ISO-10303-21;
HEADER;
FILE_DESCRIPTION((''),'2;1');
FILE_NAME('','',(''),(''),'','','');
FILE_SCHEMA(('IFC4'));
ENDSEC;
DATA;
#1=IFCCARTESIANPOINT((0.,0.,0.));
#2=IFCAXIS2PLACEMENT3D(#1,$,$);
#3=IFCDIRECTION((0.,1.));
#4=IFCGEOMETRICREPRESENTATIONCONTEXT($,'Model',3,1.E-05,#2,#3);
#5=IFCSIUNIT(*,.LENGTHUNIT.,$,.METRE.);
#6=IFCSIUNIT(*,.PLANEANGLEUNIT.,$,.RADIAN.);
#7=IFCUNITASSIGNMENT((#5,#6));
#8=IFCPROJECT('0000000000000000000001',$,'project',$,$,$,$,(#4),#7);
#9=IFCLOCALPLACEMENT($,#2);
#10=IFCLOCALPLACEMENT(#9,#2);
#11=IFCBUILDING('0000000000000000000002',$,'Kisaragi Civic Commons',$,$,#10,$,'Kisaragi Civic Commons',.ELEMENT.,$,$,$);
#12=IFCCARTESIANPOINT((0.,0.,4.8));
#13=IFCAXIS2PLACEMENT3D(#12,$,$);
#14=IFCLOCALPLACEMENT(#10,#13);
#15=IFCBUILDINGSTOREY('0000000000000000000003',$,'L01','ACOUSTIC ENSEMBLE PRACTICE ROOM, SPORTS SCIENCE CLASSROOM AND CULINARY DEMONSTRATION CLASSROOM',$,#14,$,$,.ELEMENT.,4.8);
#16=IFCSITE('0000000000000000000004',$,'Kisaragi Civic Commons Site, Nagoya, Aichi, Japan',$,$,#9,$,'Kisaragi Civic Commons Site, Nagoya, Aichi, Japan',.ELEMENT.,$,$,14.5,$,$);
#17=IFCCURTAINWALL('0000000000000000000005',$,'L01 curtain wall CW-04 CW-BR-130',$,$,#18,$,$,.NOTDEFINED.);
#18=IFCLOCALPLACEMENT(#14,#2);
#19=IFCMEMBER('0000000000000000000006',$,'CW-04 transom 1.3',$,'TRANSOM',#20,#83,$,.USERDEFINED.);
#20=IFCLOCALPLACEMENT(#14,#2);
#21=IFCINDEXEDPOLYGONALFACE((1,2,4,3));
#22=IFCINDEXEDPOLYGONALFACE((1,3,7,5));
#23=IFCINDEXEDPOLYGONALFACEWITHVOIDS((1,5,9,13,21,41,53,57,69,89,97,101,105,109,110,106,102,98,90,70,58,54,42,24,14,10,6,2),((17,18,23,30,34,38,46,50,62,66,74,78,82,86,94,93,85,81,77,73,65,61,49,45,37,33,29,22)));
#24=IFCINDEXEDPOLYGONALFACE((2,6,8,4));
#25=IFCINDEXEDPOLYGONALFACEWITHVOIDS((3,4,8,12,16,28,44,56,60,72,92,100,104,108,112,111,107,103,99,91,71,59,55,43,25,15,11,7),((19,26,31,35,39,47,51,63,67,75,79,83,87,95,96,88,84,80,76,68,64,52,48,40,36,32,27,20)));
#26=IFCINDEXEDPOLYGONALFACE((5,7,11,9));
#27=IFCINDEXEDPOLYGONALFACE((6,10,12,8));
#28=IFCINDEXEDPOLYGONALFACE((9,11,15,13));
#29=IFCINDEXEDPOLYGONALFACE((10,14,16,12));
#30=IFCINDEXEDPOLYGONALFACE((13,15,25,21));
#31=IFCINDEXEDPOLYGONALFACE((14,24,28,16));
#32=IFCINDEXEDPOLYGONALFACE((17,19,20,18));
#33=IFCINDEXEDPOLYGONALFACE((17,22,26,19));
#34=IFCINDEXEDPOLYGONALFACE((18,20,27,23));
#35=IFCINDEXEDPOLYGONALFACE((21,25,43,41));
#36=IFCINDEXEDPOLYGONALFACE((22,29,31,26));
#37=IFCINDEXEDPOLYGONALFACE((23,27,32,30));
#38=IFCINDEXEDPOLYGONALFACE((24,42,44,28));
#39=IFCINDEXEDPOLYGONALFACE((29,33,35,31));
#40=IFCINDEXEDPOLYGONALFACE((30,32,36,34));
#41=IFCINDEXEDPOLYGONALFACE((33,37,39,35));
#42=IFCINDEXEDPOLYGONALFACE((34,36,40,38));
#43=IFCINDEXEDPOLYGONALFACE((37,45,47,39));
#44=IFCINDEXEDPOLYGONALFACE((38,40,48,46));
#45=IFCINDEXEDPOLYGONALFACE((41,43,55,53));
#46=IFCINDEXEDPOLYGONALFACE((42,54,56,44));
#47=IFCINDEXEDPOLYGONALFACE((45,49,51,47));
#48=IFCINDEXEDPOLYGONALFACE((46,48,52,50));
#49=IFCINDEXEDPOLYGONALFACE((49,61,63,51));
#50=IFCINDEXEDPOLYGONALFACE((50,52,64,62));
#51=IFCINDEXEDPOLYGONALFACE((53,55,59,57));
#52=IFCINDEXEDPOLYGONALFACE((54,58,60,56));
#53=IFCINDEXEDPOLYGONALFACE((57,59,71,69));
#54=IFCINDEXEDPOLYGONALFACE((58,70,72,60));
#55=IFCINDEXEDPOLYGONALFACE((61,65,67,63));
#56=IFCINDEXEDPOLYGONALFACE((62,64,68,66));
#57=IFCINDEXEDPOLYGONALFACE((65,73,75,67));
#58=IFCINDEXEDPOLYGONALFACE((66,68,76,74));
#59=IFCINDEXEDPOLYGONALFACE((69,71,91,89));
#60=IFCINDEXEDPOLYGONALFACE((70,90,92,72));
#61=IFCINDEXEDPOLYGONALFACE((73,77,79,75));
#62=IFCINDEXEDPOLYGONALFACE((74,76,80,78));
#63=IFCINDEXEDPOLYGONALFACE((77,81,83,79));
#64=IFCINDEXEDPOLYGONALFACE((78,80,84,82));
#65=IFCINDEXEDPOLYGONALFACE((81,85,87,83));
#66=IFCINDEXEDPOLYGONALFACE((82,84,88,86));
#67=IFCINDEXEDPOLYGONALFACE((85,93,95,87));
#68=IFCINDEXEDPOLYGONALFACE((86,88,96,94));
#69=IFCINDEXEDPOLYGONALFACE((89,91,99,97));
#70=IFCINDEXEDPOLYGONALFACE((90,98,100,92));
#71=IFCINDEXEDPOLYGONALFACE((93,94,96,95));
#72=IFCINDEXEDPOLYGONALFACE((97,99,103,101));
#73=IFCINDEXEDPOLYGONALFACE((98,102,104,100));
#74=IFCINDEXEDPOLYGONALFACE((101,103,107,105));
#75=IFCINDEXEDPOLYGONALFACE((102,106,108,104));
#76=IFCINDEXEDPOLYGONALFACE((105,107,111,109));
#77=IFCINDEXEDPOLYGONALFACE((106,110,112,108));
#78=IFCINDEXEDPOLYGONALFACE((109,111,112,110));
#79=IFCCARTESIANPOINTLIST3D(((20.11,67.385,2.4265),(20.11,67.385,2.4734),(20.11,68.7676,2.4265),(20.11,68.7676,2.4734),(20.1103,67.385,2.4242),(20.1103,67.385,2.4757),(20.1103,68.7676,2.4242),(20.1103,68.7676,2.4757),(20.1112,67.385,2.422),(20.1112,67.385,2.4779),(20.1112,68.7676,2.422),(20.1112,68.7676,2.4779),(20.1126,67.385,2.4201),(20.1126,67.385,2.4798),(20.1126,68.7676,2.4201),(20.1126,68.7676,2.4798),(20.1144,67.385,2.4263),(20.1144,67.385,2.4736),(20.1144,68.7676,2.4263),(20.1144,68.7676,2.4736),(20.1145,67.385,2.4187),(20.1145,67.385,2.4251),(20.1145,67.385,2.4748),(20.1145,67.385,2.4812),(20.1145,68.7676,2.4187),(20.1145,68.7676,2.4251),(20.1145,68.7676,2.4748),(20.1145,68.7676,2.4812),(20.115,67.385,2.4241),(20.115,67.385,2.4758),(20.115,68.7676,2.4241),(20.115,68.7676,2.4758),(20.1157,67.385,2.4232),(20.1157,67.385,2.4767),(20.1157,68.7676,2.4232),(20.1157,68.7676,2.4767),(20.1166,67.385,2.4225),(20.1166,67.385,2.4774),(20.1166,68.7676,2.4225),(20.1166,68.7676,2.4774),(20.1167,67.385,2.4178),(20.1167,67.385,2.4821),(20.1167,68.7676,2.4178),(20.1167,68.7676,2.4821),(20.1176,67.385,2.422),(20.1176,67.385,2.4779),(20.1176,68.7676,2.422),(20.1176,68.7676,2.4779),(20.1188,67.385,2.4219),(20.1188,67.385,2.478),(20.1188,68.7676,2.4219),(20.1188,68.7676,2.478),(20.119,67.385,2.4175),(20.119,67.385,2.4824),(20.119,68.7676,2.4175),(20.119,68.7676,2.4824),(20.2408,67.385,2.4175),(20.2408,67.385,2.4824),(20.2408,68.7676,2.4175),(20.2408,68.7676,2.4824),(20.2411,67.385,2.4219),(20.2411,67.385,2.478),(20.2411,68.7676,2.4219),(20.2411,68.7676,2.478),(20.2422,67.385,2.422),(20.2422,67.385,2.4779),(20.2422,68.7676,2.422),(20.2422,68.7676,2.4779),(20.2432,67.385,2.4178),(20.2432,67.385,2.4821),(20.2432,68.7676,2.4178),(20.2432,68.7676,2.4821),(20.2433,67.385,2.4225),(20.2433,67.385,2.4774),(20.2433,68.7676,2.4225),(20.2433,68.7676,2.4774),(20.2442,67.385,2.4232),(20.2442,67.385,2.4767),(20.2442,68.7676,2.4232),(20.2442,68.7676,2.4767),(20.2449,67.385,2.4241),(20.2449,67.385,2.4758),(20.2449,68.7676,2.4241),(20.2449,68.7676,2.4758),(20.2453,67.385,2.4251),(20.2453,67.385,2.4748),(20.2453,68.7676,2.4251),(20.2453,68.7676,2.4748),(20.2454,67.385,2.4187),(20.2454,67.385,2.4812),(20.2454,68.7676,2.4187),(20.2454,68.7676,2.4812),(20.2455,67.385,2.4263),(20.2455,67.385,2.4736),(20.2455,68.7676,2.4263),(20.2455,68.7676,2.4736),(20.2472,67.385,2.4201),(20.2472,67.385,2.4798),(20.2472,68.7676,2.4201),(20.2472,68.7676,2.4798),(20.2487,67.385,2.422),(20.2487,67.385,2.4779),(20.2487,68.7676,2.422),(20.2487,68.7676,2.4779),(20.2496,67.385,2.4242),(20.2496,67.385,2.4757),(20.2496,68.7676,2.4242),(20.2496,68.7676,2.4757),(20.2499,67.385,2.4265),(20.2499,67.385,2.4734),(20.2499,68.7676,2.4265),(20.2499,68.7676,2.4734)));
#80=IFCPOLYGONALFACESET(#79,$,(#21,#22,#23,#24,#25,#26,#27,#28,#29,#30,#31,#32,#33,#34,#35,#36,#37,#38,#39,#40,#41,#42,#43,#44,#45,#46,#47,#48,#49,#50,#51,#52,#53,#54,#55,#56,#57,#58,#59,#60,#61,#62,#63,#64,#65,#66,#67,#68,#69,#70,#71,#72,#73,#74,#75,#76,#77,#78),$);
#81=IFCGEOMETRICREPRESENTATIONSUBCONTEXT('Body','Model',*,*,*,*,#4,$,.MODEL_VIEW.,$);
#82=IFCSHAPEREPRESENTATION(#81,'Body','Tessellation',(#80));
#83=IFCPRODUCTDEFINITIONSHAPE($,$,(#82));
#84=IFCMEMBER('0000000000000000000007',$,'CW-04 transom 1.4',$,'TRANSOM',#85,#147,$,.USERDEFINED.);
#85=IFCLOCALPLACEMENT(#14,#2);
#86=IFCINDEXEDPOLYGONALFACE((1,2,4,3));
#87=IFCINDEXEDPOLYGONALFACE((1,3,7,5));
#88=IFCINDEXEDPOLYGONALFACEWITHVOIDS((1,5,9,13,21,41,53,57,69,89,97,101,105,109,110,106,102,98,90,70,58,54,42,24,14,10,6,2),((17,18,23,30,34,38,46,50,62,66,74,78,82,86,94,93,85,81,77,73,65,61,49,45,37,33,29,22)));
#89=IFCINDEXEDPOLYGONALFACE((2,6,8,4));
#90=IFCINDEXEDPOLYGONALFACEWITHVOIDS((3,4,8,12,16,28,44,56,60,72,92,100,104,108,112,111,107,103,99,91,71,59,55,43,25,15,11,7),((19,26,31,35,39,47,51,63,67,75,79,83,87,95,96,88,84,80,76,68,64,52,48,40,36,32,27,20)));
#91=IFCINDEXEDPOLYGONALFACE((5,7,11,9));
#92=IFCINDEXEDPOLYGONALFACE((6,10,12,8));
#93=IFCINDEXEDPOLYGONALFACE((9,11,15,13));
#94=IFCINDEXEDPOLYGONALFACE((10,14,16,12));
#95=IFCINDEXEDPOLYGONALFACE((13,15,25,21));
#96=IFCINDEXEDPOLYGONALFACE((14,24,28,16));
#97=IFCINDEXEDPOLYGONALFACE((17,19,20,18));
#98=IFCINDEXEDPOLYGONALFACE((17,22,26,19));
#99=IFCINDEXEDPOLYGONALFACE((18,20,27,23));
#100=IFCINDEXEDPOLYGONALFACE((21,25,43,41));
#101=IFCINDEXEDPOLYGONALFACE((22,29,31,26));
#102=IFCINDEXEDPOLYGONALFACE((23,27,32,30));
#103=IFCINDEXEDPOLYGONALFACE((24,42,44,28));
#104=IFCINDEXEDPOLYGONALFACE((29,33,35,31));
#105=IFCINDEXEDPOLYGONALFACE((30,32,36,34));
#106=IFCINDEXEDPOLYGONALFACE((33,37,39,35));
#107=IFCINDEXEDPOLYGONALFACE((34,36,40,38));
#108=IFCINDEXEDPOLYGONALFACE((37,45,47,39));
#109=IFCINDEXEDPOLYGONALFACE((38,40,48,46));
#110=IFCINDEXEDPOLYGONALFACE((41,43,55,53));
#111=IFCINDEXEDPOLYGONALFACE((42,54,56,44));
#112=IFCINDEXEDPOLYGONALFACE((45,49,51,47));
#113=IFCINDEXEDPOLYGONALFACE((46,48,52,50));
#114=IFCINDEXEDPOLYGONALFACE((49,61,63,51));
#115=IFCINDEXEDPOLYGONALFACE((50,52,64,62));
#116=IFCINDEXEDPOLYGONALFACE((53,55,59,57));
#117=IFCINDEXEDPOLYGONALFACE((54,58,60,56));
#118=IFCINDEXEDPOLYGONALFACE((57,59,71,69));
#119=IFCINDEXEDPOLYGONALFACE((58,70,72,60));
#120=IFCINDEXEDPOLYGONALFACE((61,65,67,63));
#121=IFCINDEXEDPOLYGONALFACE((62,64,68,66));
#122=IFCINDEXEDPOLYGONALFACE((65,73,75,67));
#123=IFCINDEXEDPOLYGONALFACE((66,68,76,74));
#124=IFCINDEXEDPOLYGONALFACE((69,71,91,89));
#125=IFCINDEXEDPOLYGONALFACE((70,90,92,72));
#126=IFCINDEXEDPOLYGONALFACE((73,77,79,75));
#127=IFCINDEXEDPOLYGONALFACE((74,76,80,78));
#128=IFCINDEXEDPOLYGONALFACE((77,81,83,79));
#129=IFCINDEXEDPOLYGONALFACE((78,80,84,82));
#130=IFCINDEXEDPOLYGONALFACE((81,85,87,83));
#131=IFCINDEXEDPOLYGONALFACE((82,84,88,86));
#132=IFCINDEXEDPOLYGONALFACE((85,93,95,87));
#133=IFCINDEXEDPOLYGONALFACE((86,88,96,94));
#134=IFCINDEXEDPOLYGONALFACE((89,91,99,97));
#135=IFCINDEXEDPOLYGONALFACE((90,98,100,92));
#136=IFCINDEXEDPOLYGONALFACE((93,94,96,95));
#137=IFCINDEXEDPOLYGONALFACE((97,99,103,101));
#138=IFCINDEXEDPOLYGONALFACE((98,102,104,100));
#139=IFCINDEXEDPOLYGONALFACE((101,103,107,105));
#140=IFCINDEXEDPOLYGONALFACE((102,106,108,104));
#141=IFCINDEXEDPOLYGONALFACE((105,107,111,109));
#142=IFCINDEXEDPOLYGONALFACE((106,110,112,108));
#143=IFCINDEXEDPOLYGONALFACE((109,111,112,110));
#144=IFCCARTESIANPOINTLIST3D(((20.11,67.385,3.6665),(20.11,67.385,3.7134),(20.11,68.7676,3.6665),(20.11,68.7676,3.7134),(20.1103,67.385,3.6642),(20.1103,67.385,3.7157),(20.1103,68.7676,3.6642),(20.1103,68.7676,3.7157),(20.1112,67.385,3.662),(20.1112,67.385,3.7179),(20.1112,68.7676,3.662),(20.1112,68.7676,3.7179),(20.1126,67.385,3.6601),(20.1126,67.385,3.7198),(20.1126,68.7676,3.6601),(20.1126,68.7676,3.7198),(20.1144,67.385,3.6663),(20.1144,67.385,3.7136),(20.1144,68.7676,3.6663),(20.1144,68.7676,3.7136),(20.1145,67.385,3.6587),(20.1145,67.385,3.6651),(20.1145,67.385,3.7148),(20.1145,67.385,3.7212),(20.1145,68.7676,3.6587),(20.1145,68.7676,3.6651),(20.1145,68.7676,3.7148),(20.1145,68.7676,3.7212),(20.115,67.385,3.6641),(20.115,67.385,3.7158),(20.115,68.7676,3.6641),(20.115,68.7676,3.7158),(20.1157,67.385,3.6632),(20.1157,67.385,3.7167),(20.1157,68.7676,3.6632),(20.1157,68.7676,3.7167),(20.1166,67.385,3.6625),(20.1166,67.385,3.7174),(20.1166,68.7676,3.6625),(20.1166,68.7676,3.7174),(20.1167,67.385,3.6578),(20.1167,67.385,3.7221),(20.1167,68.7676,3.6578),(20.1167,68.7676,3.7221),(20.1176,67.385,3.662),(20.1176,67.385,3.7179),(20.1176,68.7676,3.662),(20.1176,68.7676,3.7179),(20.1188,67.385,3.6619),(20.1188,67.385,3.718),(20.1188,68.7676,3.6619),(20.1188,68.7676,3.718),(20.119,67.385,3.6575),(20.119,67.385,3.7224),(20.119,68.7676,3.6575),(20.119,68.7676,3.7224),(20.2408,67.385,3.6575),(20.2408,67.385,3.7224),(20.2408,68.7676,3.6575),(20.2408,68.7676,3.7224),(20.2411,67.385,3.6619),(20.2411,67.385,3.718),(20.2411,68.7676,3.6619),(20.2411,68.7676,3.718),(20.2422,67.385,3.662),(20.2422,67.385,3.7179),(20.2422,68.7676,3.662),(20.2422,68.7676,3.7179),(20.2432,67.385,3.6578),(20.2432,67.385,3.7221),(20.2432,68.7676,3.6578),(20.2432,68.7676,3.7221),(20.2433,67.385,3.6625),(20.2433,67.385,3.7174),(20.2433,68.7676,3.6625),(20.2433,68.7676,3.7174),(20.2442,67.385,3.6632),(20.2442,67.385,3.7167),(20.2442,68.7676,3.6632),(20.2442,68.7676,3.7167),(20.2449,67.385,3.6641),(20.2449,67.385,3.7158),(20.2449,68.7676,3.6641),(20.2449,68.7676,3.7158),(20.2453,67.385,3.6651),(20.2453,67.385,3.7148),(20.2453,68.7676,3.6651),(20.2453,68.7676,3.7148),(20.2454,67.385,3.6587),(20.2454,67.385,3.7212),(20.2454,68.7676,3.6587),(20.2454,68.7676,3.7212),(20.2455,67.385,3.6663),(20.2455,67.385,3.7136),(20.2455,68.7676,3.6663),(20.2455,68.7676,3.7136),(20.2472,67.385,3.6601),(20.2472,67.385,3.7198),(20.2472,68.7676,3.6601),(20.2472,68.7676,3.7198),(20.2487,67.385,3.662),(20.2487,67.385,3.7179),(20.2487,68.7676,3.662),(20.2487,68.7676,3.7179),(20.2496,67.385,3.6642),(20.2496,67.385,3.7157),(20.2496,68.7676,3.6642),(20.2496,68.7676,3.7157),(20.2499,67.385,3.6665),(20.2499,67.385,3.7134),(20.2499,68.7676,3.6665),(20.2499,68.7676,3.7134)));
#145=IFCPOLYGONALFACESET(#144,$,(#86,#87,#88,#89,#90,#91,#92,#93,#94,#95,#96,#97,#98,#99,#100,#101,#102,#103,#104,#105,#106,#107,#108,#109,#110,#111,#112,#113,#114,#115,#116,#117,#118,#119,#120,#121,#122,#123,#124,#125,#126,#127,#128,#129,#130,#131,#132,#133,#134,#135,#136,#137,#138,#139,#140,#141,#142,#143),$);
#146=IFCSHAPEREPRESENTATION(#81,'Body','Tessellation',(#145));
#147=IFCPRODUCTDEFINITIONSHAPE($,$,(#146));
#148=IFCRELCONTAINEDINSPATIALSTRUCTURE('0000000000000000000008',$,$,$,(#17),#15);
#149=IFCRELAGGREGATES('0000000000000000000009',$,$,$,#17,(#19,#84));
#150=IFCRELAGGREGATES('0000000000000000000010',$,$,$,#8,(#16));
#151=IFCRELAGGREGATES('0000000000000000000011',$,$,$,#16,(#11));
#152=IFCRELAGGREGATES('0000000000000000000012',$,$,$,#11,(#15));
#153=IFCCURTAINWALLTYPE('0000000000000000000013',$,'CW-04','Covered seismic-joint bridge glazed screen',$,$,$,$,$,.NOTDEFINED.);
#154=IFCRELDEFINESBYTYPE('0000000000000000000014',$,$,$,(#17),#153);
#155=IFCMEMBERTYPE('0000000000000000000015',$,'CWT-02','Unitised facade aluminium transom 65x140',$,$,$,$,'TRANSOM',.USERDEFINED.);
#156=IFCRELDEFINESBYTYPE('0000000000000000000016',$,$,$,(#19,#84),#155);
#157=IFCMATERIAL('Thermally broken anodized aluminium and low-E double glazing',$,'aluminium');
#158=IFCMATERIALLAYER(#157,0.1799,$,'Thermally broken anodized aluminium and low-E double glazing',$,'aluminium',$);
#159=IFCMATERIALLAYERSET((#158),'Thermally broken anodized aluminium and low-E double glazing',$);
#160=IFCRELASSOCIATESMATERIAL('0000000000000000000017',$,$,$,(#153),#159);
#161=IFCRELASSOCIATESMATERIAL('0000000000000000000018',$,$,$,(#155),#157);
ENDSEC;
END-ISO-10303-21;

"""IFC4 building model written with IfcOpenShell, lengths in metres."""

from ifc_helpers import new_model, si_unit, direction, frame, origin, origin_2d, place, context, subcontext, project, spatial, hollow_rectangle, extrude, material, layer, layer_set, material_profile, profile_set, type_object, element, aggregate, save


model = new_model("IFC4")

# Units and contexts
model_context = context("Model", 3, precision=1e-05, world=origin(), true_north=direction((0.0, 1.0)))
body_context = subcontext(model_context, "Body", "Model", "MODEL_VIEW")
ifc_project = project(units=[si_unit("LENGTHUNIT", "METRE"), si_unit("PLANEANGLEUNIT", "RADIAN")], contexts=[model_context])

# Site, building, storey
site_placement = place(None, origin())
site = spatial("IfcSite", under=ifc_project, at=site_placement, Name="Kisaragi Civic Commons Site, Nagoya, Aichi, Japan", LongName="Kisaragi Civic Commons Site, Nagoya, Aichi, Japan", CompositionType="ELEMENT", RefElevation=14.5)
building_placement = place(site_placement, origin())
building = spatial("IfcBuilding", under=site, at=building_placement, Name="Kisaragi Civic Commons", LongName="Kisaragi Civic Commons", CompositionType="ELEMENT")
storey_placement = place(building_placement, frame((0.0, 0.0, 4.8)))
storey = spatial("IfcBuildingStorey", under=building, at=storey_placement, Name="L01", Description="ACOUSTIC ENSEMBLE PRACTICE ROOM, SPORTS SCIENCE CLASSROOM AND CULINARY DEMONSTRATION CLASSROOM", CompositionType="ELEMENT", Elevation=4.8)

# Shared definitions
ifc_material_1 = material(Name="Thermally broken anodized aluminium and low-E double glazing", Category="aluminium")
ifc_layer_1 = layer(ifc_material_1, 0.1799, Name="Thermally broken anodized aluminium and low-E double glazing", Category="aluminium")
ifc_layer_set_1 = layer_set([ifc_layer_1], Name="Thermally broken anodized aluminium and low-E double glazing")
curtain_wall_type = type_object("IfcCurtainWallType", Name="CW-04", Description="Covered seismic-joint bridge glazed screen", PredefinedType="NOTDEFINED", material=ifc_layer_set_1)

# Curtain wall
curtain_wall_1_placement = place(storey_placement, origin())
curtain_wall_1 = element("IfcCurtainWall", 1, at=curtain_wall_1_placement, inside=storey, type_object=curtain_wall_type, Name="L01 curtain wall CW-04 CW-BR-130", PredefinedType="NOTDEFINED")

# Members
ifc_material_profile_1 = material_profile(ifc_material_1, hollow_rectangle(XDim=0.1399, YDim=0.0649, WallThickness=0.0044, InnerFilletRadius=0.0044, OuterFilletRadius=0.009, at=origin_2d()), Name="CWT-65x140x4.5", Category="aluminium")
ifc_profile_set_1 = profile_set([ifc_material_profile_1], Name="Thermally broken anodized aluminium and low-E double glazing")
member_type_1 = type_object("IfcMemberType", Name="CWT-02", Description="Unitised facade aluminium transom 65x140", ElementType="TRANSOM", PredefinedType="USERDEFINED", material=ifc_profile_set_1)
member_1_placement = place(storey_placement, frame((20.1799, 67.385, 2.45), z_axis=(0.0, 1.0, 0.0), x_axis=(-1.0, 0.0, 0.0)))
member_1 = element("IfcMember", 2, at=member_1_placement, type_object=member_type_1, Name="CW-04 transom 1.3", ObjectType="TRANSOM", PredefinedType="USERDEFINED", context=body_context, shape_type="SweptSolid", body=[
    extrude(hollow_rectangle(XDim=0.1399, YDim=0.0649, WallThickness=0.0044, InnerFilletRadius=0.0044, OuterFilletRadius=0.009, at=origin_2d()), origin(), (0.0, 0.0, 1.0), 1.3826),
])
member_2_placement = place(storey_placement, frame((20.1799, 67.385, 3.6899), z_axis=(0.0, 1.0, 0.0), x_axis=(-1.0, 0.0, 0.0)))
member_2 = element("IfcMember", 3, at=member_2_placement, type_object=member_type_1, Name="CW-04 transom 1.4", ObjectType="TRANSOM", PredefinedType="USERDEFINED", context=body_context, shape_type="SweptSolid", body=[
    extrude(hollow_rectangle(XDim=0.1399, YDim=0.0649, WallThickness=0.0044, InnerFilletRadius=0.0044, OuterFilletRadius=0.009, at=origin_2d()), origin(), (0.0, 0.0, 1.0), 1.3826),
])

aggregate(curtain_wall_1, [member_1, member_2])

save(model, "model.ifc")
